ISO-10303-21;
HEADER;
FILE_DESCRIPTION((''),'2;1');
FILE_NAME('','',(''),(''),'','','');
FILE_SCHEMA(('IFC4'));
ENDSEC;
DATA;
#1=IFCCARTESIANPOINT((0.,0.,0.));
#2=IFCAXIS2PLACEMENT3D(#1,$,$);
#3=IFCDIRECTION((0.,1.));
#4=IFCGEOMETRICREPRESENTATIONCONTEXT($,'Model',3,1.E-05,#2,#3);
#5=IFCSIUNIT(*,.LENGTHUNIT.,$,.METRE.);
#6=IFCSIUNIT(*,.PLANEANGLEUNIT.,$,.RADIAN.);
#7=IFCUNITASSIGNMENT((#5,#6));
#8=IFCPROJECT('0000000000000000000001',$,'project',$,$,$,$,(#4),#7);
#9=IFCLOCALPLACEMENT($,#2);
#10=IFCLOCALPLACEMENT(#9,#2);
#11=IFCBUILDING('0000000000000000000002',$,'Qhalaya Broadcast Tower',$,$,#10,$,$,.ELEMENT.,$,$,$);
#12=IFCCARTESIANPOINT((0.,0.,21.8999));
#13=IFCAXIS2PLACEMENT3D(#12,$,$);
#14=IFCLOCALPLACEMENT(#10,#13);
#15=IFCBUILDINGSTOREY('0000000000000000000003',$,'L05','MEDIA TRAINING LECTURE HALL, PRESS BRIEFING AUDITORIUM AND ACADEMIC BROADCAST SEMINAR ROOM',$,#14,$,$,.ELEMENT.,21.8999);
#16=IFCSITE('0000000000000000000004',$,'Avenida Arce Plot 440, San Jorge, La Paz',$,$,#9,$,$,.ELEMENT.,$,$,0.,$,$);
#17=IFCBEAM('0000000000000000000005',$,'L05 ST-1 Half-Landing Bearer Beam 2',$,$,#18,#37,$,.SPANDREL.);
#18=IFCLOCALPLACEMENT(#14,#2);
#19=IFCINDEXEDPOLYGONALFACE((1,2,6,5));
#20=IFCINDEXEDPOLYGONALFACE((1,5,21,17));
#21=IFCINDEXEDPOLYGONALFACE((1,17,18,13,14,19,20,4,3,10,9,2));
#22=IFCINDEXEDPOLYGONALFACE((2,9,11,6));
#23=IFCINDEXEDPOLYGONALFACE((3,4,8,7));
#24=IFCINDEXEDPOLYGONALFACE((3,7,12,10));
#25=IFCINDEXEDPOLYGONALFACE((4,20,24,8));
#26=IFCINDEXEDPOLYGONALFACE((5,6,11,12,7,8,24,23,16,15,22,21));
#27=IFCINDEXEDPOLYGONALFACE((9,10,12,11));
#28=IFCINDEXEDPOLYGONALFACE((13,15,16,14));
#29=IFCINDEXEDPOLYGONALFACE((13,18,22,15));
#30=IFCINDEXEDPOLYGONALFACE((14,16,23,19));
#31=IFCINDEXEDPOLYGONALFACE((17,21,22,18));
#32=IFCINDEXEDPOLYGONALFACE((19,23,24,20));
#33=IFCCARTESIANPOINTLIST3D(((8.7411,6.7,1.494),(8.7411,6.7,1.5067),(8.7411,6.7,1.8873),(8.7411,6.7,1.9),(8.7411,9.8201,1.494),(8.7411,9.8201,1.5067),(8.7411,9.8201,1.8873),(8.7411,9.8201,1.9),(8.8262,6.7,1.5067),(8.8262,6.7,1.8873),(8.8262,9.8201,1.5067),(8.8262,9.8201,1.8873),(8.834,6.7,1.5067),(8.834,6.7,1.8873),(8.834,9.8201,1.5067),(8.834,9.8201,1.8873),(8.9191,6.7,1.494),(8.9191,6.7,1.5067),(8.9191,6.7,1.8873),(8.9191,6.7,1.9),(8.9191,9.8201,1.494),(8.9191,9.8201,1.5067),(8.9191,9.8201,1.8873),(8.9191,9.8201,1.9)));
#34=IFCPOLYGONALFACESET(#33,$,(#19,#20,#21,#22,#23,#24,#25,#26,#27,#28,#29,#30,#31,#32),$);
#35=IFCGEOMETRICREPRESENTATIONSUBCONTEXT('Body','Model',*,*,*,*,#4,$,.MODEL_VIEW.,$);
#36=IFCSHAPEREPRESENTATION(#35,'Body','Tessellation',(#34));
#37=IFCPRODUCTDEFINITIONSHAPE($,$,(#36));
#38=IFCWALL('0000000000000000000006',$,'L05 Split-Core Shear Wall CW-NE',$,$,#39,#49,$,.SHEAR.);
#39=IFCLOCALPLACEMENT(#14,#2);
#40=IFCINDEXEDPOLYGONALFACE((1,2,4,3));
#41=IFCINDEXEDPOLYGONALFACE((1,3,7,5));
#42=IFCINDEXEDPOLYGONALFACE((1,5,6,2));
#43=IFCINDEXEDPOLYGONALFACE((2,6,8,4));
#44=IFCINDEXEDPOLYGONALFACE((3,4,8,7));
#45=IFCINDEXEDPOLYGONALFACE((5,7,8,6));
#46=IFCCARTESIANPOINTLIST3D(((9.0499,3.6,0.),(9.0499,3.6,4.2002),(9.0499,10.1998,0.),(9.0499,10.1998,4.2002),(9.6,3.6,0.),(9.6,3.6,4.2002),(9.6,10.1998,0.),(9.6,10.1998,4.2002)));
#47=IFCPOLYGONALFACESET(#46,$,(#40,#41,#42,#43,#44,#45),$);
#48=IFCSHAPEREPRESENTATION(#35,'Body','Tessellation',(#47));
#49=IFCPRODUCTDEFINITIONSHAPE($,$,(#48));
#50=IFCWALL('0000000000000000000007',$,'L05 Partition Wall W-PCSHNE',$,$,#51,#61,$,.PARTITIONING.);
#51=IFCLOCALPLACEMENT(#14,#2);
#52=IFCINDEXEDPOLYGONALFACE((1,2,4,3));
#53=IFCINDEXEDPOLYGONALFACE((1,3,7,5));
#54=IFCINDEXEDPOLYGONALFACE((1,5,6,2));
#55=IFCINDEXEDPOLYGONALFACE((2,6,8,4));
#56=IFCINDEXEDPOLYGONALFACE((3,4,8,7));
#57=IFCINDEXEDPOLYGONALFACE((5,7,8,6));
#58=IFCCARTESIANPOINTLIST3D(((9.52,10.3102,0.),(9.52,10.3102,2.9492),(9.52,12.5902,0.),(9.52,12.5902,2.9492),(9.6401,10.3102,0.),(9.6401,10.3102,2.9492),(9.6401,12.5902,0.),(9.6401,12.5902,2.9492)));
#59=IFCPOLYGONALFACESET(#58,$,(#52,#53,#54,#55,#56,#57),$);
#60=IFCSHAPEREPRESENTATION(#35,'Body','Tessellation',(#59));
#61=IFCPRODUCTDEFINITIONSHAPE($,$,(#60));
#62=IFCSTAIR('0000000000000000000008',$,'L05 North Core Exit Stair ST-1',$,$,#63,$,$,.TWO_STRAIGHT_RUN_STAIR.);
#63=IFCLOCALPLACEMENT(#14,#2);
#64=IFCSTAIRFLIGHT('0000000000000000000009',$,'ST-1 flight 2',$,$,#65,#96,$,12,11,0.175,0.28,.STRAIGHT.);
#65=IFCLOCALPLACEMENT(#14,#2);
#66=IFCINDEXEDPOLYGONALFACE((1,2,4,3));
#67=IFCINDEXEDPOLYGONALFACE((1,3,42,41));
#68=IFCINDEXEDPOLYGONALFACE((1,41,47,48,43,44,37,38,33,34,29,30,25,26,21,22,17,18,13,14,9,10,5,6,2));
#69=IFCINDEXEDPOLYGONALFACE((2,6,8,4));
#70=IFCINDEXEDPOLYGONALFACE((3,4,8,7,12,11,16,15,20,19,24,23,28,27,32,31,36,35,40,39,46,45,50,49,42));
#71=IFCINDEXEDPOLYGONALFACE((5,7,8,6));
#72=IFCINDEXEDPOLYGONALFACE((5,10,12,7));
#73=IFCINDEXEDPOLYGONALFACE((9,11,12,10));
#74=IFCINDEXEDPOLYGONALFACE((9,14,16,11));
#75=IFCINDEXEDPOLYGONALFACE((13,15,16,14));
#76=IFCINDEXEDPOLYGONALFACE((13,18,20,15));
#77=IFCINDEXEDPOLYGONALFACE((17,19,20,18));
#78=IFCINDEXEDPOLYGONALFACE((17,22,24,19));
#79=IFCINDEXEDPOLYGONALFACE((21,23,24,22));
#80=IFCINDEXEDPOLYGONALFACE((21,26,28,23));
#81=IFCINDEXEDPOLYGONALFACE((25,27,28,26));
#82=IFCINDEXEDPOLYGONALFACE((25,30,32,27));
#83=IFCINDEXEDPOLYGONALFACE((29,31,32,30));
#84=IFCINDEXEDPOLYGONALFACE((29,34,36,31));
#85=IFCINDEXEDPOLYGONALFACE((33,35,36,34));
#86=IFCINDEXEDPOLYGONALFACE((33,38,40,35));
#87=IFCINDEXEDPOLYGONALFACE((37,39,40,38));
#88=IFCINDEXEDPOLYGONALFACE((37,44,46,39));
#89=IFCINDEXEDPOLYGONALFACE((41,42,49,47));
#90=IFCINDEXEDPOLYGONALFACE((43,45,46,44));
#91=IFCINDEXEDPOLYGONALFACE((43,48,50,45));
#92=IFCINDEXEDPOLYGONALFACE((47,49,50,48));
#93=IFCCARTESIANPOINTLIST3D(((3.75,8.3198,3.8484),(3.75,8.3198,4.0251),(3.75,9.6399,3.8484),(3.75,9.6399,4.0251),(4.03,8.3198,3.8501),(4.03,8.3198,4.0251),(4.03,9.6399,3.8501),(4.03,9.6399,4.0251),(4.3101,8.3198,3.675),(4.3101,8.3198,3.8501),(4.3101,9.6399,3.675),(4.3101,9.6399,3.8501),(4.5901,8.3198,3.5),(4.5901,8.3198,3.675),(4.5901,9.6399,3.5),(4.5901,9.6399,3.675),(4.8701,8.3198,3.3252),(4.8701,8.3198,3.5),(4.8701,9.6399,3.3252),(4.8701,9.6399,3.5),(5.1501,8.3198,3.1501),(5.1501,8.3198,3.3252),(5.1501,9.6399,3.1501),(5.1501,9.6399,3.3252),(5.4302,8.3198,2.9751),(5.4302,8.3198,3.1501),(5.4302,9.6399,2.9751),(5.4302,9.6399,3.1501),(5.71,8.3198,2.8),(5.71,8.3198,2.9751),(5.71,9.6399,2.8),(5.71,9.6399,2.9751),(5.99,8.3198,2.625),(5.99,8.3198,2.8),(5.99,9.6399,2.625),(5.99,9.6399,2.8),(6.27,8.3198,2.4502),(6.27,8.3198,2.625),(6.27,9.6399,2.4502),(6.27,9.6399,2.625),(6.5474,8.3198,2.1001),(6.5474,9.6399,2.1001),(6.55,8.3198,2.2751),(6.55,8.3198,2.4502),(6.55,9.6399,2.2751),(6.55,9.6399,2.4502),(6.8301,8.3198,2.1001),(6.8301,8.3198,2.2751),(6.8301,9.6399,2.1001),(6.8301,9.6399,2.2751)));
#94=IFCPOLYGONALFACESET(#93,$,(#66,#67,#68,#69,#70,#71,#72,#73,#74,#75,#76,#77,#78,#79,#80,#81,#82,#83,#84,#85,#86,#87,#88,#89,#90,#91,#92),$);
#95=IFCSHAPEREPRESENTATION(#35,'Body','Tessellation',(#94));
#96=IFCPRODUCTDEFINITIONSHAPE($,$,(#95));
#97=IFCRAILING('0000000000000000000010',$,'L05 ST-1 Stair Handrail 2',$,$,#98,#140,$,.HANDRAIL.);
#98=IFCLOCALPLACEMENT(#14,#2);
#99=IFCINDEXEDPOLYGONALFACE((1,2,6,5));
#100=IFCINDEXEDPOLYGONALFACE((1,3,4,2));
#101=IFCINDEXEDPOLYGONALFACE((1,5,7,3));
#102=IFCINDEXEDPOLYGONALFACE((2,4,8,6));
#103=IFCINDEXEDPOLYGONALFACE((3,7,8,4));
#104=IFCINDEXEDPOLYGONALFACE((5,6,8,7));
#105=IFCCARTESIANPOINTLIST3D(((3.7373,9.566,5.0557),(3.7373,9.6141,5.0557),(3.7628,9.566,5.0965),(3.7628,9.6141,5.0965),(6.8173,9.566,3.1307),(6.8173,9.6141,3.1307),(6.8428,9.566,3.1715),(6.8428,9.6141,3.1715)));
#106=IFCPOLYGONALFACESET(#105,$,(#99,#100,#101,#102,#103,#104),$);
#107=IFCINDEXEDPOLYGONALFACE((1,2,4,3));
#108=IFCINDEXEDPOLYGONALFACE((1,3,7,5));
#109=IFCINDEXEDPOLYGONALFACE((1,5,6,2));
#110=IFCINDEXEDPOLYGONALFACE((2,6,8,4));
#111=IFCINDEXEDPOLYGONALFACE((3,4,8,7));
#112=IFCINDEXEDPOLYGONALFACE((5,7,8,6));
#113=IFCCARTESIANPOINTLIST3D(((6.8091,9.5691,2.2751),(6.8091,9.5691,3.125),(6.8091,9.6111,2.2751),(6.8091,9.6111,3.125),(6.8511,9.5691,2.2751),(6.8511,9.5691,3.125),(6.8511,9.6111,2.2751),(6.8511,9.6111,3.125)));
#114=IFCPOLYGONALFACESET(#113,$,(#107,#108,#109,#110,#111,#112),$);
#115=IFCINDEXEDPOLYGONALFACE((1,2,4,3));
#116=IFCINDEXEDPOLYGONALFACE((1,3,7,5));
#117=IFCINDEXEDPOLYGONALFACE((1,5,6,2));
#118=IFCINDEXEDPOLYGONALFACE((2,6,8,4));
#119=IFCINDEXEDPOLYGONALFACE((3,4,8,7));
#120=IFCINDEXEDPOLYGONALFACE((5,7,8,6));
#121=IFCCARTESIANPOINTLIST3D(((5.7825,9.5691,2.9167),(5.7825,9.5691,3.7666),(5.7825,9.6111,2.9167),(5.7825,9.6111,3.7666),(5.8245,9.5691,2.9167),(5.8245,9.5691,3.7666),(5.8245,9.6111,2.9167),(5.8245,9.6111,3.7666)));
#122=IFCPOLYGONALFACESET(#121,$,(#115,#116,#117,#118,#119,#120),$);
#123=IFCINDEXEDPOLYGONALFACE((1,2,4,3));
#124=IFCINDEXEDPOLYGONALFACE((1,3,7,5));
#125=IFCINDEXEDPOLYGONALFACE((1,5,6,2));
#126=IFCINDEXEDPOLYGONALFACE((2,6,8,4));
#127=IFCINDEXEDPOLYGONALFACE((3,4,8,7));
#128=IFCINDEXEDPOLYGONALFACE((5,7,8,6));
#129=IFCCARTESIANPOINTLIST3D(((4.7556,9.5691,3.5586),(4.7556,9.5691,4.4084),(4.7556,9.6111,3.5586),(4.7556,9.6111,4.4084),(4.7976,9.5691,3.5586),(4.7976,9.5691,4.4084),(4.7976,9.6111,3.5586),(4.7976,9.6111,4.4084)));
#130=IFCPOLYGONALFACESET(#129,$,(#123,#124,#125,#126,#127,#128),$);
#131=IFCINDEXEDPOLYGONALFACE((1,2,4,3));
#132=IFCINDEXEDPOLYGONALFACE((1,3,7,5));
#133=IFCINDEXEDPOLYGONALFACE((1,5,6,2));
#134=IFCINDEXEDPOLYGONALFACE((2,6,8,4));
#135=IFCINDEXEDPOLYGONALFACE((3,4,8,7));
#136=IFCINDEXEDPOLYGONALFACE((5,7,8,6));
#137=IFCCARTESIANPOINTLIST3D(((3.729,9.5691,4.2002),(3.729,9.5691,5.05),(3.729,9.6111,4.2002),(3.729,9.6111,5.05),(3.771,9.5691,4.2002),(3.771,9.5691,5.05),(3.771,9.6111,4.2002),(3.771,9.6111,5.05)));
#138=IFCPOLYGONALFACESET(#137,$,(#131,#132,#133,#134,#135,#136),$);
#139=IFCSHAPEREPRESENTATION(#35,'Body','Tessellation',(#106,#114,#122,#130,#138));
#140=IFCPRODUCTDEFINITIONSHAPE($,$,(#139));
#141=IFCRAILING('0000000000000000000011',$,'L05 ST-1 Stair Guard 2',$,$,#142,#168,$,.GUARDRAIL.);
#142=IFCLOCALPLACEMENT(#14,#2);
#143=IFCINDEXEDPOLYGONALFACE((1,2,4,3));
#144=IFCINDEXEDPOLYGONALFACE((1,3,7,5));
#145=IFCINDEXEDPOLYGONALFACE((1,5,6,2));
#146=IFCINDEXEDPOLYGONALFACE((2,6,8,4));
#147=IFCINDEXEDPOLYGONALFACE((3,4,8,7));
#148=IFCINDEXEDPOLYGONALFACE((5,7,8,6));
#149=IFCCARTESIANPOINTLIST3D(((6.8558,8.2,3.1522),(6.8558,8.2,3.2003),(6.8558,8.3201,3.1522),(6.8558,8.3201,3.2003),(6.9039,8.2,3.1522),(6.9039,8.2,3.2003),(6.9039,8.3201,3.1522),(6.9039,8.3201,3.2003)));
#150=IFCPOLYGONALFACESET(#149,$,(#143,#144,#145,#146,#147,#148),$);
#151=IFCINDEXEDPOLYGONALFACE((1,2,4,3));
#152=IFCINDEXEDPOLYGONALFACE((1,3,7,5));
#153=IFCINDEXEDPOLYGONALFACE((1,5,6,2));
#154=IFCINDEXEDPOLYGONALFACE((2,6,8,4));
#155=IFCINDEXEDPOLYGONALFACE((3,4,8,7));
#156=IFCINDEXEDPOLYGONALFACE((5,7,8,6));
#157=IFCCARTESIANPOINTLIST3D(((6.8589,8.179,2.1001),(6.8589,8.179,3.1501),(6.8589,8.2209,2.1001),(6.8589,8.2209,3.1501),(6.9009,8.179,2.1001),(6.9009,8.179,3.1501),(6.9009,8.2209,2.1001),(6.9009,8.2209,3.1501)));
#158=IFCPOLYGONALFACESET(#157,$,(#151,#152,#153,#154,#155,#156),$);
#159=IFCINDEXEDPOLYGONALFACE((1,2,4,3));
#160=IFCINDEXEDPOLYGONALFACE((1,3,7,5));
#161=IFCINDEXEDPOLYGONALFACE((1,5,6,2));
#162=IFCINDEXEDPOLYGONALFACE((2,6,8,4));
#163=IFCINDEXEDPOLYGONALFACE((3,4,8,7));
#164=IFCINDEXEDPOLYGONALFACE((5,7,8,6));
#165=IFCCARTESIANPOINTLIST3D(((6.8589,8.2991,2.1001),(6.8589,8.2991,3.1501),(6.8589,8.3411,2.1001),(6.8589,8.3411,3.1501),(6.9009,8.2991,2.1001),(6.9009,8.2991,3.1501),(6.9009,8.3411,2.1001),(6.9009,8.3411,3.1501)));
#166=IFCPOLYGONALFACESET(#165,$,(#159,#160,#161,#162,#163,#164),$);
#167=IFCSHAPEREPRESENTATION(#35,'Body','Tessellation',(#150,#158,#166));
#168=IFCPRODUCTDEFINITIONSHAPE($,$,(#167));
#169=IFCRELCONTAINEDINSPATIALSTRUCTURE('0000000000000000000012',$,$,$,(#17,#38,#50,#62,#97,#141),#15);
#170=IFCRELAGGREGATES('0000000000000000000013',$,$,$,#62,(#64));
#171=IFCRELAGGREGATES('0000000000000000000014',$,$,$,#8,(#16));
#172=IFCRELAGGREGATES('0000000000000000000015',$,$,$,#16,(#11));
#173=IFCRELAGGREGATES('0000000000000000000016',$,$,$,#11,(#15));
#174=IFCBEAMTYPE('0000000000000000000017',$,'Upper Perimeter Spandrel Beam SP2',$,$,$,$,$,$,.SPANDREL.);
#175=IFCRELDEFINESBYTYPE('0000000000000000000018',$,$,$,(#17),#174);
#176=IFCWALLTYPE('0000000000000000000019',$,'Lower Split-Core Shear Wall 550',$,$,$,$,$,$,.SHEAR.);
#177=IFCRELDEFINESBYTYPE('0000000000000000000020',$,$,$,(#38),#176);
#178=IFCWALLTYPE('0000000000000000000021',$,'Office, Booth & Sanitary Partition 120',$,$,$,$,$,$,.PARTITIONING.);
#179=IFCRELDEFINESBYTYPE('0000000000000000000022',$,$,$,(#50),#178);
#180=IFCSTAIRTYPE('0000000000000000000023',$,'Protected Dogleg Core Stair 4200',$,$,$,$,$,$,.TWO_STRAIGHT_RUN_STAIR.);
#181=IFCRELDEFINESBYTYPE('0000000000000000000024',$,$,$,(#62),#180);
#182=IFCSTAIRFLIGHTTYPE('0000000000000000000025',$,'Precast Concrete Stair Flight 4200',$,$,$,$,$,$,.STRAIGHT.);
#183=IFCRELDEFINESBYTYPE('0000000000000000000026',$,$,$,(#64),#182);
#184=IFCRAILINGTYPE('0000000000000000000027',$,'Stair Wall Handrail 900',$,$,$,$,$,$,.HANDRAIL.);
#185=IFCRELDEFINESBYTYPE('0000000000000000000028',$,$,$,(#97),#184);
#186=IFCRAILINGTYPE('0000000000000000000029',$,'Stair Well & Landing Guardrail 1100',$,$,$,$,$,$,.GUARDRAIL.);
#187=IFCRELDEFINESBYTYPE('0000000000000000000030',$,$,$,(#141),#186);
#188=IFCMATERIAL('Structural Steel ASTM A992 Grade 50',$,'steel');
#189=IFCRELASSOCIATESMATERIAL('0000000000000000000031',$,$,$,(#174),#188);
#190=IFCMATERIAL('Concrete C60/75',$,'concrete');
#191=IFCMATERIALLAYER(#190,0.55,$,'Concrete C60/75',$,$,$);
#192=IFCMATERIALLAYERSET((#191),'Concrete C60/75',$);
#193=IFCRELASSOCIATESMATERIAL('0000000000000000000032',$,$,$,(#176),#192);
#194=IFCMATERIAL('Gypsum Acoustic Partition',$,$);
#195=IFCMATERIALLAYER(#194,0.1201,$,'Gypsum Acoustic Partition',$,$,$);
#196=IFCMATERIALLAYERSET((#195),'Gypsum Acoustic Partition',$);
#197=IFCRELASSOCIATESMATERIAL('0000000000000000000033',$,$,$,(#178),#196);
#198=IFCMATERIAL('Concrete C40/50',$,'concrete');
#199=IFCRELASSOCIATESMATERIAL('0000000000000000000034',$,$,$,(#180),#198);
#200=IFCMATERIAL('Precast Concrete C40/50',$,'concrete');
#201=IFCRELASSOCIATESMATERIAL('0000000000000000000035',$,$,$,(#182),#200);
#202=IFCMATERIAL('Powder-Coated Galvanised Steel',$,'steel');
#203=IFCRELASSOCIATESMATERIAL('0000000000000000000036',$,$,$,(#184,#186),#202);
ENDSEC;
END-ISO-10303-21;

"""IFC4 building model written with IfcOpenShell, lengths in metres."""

from ifc_helpers import new_model, si_unit, direction, frame, frame_2d, origin, origin_2d, place, context, subcontext, project, spatial, polyline, rectangle, i_section, outline, extrude, material, layer, layer_set, material_profile, profile_set, type_object, element, aggregate, save


model = new_model("IFC4")

# Units and contexts
model_context = context("Model", 3, precision=1e-05, world=origin(), true_north=direction((0.0, 1.0)))
body_context = subcontext(model_context, "Body", "Model", "MODEL_VIEW")
ifc_project = project(units=[si_unit("LENGTHUNIT", "METRE"), si_unit("PLANEANGLEUNIT", "RADIAN")], contexts=[model_context])

# Site, building, storey
site_placement = place(None, origin())
site = spatial("IfcSite", under=ifc_project, at=site_placement, Name="Avenida Arce Plot 440, San Jorge, La Paz", CompositionType="ELEMENT", RefElevation=0.0)
building_placement = place(site_placement, origin())
building = spatial("IfcBuilding", under=site, at=building_placement, Name="Qhalaya Broadcast Tower", CompositionType="ELEMENT")
storey_placement = place(building_placement, frame((0.0, 0.0, 21.8999)))
storey = spatial("IfcBuildingStorey", under=building, at=storey_placement, Name="L05", Description="MEDIA TRAINING LECTURE HALL, PRESS BRIEFING AUDITORIUM AND ACADEMIC BROADCAST SEMINAR ROOM", CompositionType="ELEMENT", Elevation=21.8999)

# Shared definitions
ifc_material_1 = material(Name="Concrete C60/75", Category="concrete")

# Shared definitions
ifc_material_2 = material(Name="Structural Steel ASTM A992 Grade 50", Category="steel")

# Beam
ifc_material_profile_1 = material_profile(ifc_material_2, i_section(OverallWidth=0.178, OverallDepth=0.406, WebThickness=0.0078, FlangeThickness=0.0127, at=origin_2d()), Name="W16X40")
ifc_profile_set_1 = profile_set([ifc_material_profile_1], Name="Structural Steel ASTM A992 Grade 50")
beam_type_1 = type_object("IfcBeamType", Name="Upper Perimeter Spandrel Beam SP2", PredefinedType="SPANDREL", material=ifc_profile_set_1)
for number, where, z_axis, x_axis, name in (
    (1, (8.8301, 6.7, 1.697), (0.0, 1.0, 0.0), (-1.0, 0.0, 0.0), "L05 ST-1 Half-Landing Bearer Beam 2"),
):
    element("IfcBeam", number, at=place(storey_placement, frame(where, z_axis=z_axis, x_axis=x_axis)), inside=storey, type_object=beam_type_1, Name=name, PredefinedType="SPANDREL", context=body_context, shape_type="SweptSolid", body=[
        extrude(i_section(OverallWidth=0.178, OverallDepth=0.406, WebThickness=0.0078, FlangeThickness=0.0127, at=origin_2d()), origin(), (0.0, 0.0, 1.0), 3.1201),
    ])

# Walls
ifc_layer_1 = layer(ifc_material_1, 0.55, Name="Concrete C60/75")
ifc_layer_set_1 = layer_set([ifc_layer_1], Name="Concrete C60/75")
wall_type_1 = type_object("IfcWallType", Name="Lower Split-Core Shear Wall 550", PredefinedType="SHEAR", material=ifc_layer_set_1)
wall_1_placement = place(storey_placement, frame((9.325, 3.6001, 0.0), z_axis=(0.0, 0.0, 1.0), x_axis=(0.0, 1.0, 0.0)))
element("IfcWall", 2, at=wall_1_placement, inside=storey, type_object=wall_type_1, Name="L05 Split-Core Shear Wall CW-NE", PredefinedType="SHEAR", context=body_context, shape_type="SweptSolid", body=[
    extrude(rectangle(XDim=6.5999, YDim=0.55, at=frame_2d((3.2998, 0.0))), origin(), (0.0, 0.0, 1.0), 4.2002),
])
ifc_material_3 = material(Name="Gypsum Acoustic Partition")
ifc_layer_2 = layer(ifc_material_3, 0.1201, Name="Gypsum Acoustic Partition")
ifc_layer_set_2 = layer_set([ifc_layer_2], Name="Gypsum Acoustic Partition")
wall_type_2 = type_object("IfcWallType", Name="Office, Booth & Sanitary Partition 120", PredefinedType="PARTITIONING", material=ifc_layer_set_2)
wall_2_placement = place(storey_placement, frame((9.5801, 10.3101, 0.0), z_axis=(0.0, 0.0, 1.0), x_axis=(0.0, 1.0, 0.0)))
element("IfcWall", 3, at=wall_2_placement, inside=storey, type_object=wall_type_2, Name="L05 Partition Wall W-PCSHNE", PredefinedType="PARTITIONING", context=body_context, shape_type="SweptSolid", body=[
    extrude(rectangle(XDim=2.28, YDim=0.1201, at=frame_2d((1.1401, 0.0))), origin(), (0.0, 0.0, 1.0), 2.9492),
])

# Stair, stair flight
ifc_material_4 = material(Name="Concrete C40/50", Category="concrete")
stair_type = type_object("IfcStairType", Name="Protected Dogleg Core Stair 4200", PredefinedType="TWO_STRAIGHT_RUN_STAIR", material=ifc_material_4)
stair_placement = place(storey_placement, origin())
stair = element("IfcStair", 4, at=stair_placement, inside=storey, type_object=stair_type, Name="L05 North Core Exit Stair ST-1", PredefinedType="TWO_STRAIGHT_RUN_STAIR")
ifc_material_5 = material(Name="Precast Concrete C40/50", Category="concrete")
stair_flight_type = type_object("IfcStairFlightType", Name="Precast Concrete Stair Flight 4200", PredefinedType="STRAIGHT", material=ifc_material_5)
stair_flight_placement = place(storey_placement, frame((6.8301, 8.98, 2.1001), z_axis=(0.0, 0.0, 1.0), x_axis=(-1.0, 0.0, 0.0)))
stair_flight = element("IfcStairFlight", 5, at=stair_flight_placement, type_object=stair_flight_type, Name="ST-1 flight 2", NumberOfRisers=12, NumberOfTreads=11, PredefinedType="STRAIGHT", RiserHeight=0.175, TreadLength=0.28, context=body_context, shape_type="SweptSolid", body=[
    extrude(outline(polyline([(0.0, 0.0), (0.0, 0.175), (0.28, 0.175), (0.28, 0.3501), (0.5601, 0.3501), (0.5601, 0.5249), (0.8401, 0.5249), (0.8401, 0.7), (1.1201, 0.7), (1.1201, 0.875), (1.3999, 0.875), (1.3999, 1.05), (1.6799, 1.05), (1.6799, 1.2251), (1.96, 1.2251), (1.96, 1.3999), (2.24, 1.3999), (2.24, 1.575), (2.52, 1.575), (2.52, 1.75), (2.8, 1.75), (2.8, 1.925), (3.0801, 1.925), (3.0801, 2.1001), (3.0801, 1.7483), (0.2827, 0.0), (0.0, 0.0)])), frame((0.0, 0.6602, 0.0), z_axis=(0.0, -1.0, 0.0), x_axis=(1.0, 0.0, 0.0)), (0.0, 0.0, 1.0), 1.3201),
])
aggregate(stair, [stair_flight])

# Railings
ifc_material_6 = material(Name="Powder-Coated Galvanised Steel", Category="steel")
railing_type_1 = type_object("IfcRailingType", Name="Stair Wall Handrail 900", PredefinedType="HANDRAIL", material=ifc_material_6)
railing_1_placement = place(storey_placement, frame((6.8301, 9.5901, 2.2751)))
element("IfcRailing", 6, at=railing_1_placement, inside=storey, type_object=railing_type_1, Name="L05 ST-1 Stair Handrail 2", PredefinedType="HANDRAIL", context=body_context, shape_type="SweptSolid", body=[
    extrude(rectangle(XDim=0.0481, YDim=0.0481, at=origin_2d()), frame((0.0, 0.0, 0.876), z_axis=(-0.847998, 0.0, 0.529999), x_axis=(0.0, -1.0, 0.0)), (0.0, 0.0, 1.0), 3.6321),
    extrude(rectangle(XDim=0.042, YDim=0.042, at=origin_2d()), origin(), (0.0, 0.0, 1.0), 0.8499),
    extrude(rectangle(XDim=0.042, YDim=0.042, at=origin_2d()), frame((-1.0266, 0.0, 0.6416)), (0.0, 0.0, 1.0), 0.8499),
    extrude(rectangle(XDim=0.042, YDim=0.042, at=origin_2d()), frame((-2.0535, 0.0, 1.2834)), (0.0, 0.0, 1.0), 0.8499),
    extrude(rectangle(XDim=0.042, YDim=0.042, at=origin_2d()), frame((-3.0801, 0.0, 1.925)), (0.0, 0.0, 1.0), 0.8499),
])
railing_type_2 = type_object("IfcRailingType", Name="Stair Well & Landing Guardrail 1100", PredefinedType="GUARDRAIL", material=ifc_material_6)
railing_2_placement = place(storey_placement, frame((6.8799, 8.2, 2.1001)))
element("IfcRailing", 7, at=railing_2_placement, inside=storey, type_object=railing_type_2, Name="L05 ST-1 Stair Guard 2", PredefinedType="GUARDRAIL", context=body_context, shape_type="SweptSolid", body=[
    extrude(rectangle(XDim=0.0481, YDim=0.0481, at=origin_2d()), frame((0.0, 0.0, 1.0762), z_axis=(0.0, 1.0, 0.0), x_axis=(-1.0, 0.0, 0.0)), (0.0, 0.0, 1.0), 0.1201),
    extrude(rectangle(XDim=0.042, YDim=0.042, at=origin_2d()), origin(), (0.0, 0.0, 1.0), 1.05),
    extrude(rectangle(XDim=0.042, YDim=0.042, at=origin_2d()), frame((0.0, 0.1201, 0.0)), (0.0, 0.0, 1.0), 1.05),
])

save(model, "model.ifc")
